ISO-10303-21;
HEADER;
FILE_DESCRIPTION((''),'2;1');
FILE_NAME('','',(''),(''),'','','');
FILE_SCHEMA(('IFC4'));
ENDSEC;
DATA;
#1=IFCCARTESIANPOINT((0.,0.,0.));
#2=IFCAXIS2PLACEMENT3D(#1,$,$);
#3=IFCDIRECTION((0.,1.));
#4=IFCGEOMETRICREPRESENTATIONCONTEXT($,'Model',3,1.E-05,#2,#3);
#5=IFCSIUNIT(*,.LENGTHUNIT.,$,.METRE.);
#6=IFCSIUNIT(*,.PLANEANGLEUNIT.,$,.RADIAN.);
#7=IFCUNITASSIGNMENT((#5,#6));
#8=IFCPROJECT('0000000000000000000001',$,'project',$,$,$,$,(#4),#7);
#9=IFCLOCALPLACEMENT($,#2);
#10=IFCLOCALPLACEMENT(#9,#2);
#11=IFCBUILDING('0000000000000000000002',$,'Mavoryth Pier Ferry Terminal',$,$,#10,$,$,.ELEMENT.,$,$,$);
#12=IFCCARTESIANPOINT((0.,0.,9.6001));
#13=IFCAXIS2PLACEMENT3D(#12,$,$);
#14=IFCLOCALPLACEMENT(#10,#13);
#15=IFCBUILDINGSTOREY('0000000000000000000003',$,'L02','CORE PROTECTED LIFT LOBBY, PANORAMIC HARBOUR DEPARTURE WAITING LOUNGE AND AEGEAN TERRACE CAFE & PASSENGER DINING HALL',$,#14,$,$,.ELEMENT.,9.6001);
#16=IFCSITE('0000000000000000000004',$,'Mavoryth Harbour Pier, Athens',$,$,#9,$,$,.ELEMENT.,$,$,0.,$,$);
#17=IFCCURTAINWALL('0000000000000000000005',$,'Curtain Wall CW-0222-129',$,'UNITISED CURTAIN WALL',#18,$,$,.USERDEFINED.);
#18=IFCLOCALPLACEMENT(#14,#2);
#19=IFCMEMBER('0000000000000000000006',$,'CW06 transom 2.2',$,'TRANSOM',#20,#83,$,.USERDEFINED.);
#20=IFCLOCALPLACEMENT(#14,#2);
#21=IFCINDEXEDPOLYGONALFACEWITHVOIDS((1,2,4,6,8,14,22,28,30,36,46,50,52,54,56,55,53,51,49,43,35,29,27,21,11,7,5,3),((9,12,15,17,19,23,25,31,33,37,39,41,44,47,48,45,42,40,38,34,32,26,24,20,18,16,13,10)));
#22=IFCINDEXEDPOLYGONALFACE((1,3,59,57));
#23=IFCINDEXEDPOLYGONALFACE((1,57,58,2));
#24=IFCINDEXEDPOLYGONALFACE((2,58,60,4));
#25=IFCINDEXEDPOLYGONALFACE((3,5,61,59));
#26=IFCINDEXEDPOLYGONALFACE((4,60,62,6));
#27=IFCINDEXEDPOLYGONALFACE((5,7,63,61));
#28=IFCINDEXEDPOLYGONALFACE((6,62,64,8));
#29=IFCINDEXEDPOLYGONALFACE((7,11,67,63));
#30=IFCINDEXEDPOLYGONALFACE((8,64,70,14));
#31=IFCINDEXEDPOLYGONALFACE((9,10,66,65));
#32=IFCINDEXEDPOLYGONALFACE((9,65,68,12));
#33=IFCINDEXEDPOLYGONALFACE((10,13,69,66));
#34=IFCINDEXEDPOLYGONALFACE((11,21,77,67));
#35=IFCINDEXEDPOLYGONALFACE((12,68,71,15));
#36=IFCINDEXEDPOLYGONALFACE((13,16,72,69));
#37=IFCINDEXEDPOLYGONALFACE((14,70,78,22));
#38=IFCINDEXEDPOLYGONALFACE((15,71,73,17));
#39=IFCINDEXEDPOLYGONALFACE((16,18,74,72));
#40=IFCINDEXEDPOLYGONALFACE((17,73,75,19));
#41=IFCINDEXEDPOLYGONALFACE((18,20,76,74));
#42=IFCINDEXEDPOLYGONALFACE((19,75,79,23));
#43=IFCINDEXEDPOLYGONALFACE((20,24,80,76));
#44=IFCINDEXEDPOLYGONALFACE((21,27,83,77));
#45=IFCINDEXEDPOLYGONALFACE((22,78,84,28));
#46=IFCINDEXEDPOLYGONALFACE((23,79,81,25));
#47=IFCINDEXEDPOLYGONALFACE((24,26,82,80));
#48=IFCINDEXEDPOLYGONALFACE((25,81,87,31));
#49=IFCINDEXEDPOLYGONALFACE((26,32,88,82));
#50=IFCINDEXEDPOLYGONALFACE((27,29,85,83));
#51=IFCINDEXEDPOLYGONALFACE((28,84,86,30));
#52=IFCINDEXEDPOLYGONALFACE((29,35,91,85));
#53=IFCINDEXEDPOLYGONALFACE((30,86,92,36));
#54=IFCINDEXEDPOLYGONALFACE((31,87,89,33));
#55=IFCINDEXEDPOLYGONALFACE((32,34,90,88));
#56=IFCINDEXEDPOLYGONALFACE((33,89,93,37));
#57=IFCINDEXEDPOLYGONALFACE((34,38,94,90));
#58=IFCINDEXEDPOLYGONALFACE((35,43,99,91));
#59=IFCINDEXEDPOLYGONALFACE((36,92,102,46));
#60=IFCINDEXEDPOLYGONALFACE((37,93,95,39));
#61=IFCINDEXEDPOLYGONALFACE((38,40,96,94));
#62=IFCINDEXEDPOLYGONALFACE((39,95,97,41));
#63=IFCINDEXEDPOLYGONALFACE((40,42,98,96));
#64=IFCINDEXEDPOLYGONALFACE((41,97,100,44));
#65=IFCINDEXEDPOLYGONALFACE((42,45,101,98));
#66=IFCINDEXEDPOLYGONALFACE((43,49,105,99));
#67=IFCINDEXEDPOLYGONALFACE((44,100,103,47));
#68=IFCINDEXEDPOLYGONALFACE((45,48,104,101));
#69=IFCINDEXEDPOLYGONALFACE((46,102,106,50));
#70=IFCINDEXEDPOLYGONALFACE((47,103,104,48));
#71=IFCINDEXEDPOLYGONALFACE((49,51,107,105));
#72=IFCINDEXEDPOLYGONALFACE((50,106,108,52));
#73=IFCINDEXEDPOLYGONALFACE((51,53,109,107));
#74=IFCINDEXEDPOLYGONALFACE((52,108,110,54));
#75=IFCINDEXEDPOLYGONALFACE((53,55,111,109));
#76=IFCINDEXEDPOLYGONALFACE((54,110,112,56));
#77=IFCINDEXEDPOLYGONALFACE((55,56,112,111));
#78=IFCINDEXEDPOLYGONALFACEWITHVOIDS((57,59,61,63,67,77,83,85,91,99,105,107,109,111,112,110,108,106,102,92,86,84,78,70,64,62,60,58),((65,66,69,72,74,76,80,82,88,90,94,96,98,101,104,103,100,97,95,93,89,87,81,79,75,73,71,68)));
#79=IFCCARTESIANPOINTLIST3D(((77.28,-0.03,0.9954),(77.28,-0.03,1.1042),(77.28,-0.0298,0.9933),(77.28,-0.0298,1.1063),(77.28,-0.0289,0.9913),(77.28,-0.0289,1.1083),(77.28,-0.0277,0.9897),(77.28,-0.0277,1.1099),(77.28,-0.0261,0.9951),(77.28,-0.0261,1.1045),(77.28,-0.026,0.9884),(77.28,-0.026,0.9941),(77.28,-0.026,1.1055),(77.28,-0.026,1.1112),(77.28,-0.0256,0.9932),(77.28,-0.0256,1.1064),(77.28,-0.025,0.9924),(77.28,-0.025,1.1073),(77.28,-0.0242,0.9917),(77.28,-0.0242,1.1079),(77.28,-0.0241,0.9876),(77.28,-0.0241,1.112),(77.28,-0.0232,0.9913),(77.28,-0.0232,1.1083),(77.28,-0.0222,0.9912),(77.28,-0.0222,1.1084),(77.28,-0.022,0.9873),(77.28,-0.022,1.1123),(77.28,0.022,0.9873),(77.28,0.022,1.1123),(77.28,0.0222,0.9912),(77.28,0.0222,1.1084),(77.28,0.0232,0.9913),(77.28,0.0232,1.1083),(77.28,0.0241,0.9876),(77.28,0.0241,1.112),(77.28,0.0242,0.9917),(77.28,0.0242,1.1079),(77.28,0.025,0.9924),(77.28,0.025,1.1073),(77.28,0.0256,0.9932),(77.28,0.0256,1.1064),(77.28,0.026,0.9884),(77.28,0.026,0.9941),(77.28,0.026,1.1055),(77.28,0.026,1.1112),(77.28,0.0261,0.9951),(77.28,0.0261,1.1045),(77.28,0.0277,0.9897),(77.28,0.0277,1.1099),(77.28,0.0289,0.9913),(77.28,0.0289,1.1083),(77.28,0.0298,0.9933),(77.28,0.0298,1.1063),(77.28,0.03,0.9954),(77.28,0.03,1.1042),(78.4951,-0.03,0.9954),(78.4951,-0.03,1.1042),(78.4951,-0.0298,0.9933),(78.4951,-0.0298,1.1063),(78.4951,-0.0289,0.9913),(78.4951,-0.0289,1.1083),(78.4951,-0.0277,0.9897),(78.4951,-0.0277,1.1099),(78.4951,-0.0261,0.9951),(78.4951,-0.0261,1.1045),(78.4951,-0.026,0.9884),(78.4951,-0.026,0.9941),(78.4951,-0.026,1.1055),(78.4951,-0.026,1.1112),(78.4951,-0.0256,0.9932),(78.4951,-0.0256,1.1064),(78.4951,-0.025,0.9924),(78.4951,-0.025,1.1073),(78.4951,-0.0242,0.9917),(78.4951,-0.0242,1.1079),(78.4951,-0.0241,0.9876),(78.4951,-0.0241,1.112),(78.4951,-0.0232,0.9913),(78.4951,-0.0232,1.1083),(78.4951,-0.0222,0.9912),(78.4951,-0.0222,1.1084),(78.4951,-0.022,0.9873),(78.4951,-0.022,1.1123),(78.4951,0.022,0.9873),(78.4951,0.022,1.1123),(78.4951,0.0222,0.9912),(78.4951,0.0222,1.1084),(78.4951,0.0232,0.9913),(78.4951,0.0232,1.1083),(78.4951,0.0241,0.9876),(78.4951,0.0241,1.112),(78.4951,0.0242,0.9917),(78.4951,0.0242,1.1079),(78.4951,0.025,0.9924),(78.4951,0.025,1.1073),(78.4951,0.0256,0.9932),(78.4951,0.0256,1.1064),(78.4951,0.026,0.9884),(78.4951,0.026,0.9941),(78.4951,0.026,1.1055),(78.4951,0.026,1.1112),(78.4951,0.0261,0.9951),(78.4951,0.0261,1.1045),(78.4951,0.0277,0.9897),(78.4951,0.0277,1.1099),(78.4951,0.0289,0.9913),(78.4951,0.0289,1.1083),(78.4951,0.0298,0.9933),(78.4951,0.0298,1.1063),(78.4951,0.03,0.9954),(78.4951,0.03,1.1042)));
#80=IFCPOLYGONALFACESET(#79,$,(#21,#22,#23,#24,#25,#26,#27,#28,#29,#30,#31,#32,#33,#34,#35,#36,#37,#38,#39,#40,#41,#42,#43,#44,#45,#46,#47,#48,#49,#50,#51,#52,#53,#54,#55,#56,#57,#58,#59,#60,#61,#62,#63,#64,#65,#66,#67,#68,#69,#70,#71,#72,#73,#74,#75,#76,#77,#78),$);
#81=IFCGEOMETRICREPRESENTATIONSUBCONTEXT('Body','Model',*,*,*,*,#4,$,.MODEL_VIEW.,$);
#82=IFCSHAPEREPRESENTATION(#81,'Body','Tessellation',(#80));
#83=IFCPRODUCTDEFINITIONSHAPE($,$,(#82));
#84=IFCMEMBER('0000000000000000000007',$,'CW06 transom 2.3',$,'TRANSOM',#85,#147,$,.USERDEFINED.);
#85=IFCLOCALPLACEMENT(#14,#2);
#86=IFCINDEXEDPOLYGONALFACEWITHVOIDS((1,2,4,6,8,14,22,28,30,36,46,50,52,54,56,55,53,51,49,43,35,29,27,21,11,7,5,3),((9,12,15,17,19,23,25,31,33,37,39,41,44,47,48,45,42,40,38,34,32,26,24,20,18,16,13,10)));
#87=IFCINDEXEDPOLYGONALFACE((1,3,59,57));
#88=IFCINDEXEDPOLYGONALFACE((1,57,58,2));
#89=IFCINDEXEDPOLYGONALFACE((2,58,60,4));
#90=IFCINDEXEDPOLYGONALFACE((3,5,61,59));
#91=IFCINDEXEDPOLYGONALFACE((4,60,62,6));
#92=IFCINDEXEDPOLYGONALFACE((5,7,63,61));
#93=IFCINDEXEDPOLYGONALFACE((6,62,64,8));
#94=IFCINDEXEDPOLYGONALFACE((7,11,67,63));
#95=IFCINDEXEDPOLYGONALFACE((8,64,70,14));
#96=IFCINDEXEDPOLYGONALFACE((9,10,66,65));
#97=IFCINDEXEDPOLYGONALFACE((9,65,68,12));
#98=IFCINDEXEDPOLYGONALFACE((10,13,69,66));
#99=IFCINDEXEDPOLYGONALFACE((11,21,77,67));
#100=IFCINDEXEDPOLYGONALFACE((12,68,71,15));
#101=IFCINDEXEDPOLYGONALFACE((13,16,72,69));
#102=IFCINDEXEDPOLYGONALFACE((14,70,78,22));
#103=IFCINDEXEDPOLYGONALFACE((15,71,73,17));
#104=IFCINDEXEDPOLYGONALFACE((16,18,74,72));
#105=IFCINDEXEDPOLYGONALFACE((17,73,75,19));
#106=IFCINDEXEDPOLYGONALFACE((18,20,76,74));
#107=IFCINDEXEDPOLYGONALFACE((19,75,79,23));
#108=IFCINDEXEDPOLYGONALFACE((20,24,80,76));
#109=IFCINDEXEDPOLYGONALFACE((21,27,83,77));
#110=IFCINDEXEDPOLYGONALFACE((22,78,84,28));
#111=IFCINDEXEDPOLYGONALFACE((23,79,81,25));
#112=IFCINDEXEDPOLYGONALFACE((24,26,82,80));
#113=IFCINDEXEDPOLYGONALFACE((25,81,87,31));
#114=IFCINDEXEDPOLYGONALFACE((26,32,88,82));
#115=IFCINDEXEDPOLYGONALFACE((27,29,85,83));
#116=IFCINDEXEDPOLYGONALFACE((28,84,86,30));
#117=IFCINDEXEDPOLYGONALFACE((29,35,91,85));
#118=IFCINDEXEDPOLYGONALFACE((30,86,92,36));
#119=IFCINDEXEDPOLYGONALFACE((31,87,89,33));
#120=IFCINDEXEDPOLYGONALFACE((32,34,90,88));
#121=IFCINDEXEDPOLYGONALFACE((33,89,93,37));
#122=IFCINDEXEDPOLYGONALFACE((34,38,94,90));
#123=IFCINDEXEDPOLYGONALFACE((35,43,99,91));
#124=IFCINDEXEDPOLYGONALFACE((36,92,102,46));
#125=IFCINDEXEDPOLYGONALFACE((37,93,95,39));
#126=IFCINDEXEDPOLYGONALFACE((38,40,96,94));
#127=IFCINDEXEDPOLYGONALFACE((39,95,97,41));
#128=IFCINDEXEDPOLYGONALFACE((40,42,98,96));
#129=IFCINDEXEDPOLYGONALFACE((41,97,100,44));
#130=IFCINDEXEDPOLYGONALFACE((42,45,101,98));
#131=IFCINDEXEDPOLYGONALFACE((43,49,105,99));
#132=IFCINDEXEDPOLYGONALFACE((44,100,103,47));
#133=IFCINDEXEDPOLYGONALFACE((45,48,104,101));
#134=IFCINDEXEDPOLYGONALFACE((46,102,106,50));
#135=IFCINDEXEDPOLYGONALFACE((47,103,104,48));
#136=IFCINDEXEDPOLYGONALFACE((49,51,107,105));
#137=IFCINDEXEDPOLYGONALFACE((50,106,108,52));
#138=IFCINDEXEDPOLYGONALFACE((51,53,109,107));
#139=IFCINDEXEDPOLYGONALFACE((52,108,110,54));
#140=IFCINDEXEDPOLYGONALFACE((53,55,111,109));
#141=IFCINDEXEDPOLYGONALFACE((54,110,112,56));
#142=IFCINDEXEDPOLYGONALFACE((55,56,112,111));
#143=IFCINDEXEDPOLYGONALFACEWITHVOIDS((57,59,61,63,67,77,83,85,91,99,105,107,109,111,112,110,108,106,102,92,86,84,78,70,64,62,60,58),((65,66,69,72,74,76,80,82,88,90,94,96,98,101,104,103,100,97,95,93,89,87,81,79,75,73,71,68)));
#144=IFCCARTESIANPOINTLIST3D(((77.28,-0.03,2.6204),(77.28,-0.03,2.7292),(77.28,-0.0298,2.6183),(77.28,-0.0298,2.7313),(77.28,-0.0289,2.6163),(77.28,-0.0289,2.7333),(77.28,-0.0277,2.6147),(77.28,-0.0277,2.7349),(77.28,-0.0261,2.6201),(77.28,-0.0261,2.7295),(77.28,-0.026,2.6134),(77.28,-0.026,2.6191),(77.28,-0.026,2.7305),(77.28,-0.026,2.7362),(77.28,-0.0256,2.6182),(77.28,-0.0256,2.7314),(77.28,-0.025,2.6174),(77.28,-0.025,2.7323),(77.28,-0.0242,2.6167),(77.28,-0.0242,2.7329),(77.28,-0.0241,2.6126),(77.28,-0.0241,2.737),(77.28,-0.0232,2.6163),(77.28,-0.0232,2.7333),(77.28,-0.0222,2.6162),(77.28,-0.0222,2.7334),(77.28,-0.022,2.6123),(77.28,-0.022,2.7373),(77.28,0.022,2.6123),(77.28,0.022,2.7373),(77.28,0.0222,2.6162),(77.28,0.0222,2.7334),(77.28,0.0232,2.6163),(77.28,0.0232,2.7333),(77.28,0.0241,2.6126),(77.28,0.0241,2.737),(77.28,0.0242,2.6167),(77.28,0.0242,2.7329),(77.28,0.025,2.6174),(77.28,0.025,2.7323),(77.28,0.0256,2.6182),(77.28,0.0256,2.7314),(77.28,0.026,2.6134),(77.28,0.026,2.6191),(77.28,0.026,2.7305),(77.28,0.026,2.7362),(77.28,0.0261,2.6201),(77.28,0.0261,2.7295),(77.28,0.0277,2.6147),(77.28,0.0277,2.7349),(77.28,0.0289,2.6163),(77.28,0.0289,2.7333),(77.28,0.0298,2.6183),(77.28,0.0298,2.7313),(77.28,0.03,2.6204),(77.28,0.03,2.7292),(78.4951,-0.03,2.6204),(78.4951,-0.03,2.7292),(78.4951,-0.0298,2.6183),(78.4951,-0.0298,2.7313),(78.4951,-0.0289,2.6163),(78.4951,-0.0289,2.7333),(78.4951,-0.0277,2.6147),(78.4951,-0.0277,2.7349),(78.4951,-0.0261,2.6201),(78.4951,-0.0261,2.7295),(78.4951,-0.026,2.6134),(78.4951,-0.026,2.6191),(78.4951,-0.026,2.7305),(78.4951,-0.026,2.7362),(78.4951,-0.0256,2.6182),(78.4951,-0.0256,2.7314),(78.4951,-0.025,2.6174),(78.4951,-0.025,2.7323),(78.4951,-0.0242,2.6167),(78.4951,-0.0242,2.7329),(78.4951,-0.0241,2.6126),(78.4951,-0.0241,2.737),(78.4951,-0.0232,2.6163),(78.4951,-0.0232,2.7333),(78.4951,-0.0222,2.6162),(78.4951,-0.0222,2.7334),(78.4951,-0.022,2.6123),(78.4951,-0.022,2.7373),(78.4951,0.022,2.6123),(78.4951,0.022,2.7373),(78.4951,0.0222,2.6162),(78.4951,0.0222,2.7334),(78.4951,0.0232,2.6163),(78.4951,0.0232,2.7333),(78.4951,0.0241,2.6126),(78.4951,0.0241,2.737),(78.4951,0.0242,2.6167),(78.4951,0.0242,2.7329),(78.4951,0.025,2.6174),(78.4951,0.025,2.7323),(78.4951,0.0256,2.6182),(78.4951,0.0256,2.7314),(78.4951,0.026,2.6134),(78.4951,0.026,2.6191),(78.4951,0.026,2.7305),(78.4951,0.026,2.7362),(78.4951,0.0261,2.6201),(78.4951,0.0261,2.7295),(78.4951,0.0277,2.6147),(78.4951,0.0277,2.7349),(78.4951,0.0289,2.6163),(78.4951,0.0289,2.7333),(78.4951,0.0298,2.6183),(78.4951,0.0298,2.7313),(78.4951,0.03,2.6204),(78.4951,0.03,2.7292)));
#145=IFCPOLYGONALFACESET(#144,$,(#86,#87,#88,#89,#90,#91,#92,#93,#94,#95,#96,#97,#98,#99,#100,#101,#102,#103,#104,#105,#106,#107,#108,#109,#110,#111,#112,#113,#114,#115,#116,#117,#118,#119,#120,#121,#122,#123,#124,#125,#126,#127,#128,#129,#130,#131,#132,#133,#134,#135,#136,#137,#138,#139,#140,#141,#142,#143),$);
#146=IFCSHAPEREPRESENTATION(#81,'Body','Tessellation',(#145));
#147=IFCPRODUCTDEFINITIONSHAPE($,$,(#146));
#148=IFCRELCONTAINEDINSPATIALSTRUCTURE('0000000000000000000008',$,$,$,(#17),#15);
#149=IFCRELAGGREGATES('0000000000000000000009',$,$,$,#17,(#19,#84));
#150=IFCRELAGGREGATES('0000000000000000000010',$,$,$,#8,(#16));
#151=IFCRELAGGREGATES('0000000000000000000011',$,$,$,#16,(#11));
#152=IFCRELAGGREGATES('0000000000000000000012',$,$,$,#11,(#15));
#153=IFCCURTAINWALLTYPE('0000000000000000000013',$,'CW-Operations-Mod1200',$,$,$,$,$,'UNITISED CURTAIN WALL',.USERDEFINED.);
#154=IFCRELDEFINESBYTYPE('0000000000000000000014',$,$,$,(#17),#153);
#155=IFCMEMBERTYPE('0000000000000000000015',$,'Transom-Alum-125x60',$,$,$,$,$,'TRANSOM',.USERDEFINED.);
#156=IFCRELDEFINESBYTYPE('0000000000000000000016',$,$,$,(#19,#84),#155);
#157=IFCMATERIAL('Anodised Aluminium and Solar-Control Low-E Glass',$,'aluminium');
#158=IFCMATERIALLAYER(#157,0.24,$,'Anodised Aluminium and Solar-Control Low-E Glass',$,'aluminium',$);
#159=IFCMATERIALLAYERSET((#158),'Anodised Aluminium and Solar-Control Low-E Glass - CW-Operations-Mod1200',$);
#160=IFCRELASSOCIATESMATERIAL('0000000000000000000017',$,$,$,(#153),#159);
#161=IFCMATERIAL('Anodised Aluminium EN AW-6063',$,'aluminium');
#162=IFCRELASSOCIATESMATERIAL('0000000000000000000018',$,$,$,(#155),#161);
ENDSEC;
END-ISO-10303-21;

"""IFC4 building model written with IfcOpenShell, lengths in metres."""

from ifc_helpers import new_model, si_unit, direction, frame, origin, origin_2d, place, context, subcontext, project, spatial, hollow_rectangle, extrude, material, layer, layer_set, material_profile, profile_set, type_object, element, aggregate, save


model = new_model("IFC4")

# Units and contexts
model_context = context("Model", 3, precision=1e-05, world=origin(), true_north=direction((0.0, 1.0)))
body_context = subcontext(model_context, "Body", "Model", "MODEL_VIEW")
ifc_project = project(units=[si_unit("LENGTHUNIT", "METRE"), si_unit("PLANEANGLEUNIT", "RADIAN")], contexts=[model_context])

# Site, building, storey
site_placement = place(None, origin())
site = spatial("IfcSite", under=ifc_project, at=site_placement, Name="Mavoryth Harbour Pier, Athens", CompositionType="ELEMENT", RefElevation=0.0)
building_placement = place(site_placement, origin())
building = spatial("IfcBuilding", under=site, at=building_placement, Name="Mavoryth Pier Ferry Terminal", CompositionType="ELEMENT")
storey_placement = place(building_placement, frame((0.0, 0.0, 9.6001)))
storey = spatial("IfcBuildingStorey", under=building, at=storey_placement, Name="L02", Description="CORE PROTECTED LIFT LOBBY, PANORAMIC HARBOUR DEPARTURE WAITING LOUNGE AND AEGEAN TERRACE CAFE & PASSENGER DINING HALL", CompositionType="ELEMENT", Elevation=9.6001)

# Curtain wall
ifc_material_1 = material(Name="Anodised Aluminium and Solar-Control Low-E Glass", Category="aluminium")
ifc_layer_1 = layer(ifc_material_1, 0.24, Name="Anodised Aluminium and Solar-Control Low-E Glass", Category="aluminium")
ifc_layer_set_1 = layer_set([ifc_layer_1], Name="Anodised Aluminium and Solar-Control Low-E Glass - CW-Operations-Mod1200")
curtain_wall_type = type_object("IfcCurtainWallType", Name="CW-Operations-Mod1200", ElementType="UNITISED CURTAIN WALL", PredefinedType="USERDEFINED", material=ifc_layer_set_1)
ifc_material_2 = material(Name="Anodised Aluminium EN AW-6063", Category="aluminium")
curtain_wall_1_placement = place(storey_placement, origin())
curtain_wall_1 = element("IfcCurtainWall", 1, at=curtain_wall_1_placement, inside=storey, type_object=curtain_wall_type, Name="Curtain Wall CW-0222-129", ObjectType="UNITISED CURTAIN WALL", PredefinedType="USERDEFINED")

# Members
ifc_material_profile_1 = material_profile(ifc_material_2, hollow_rectangle(XDim=0.0601, YDim=0.125, WallThickness=0.0039, InnerFilletRadius=0.0039, OuterFilletRadius=0.0081, at=origin_2d()), Name="AL-TRAN 125x60x4", Category="aluminium")
ifc_profile_set_1 = profile_set([ifc_material_profile_1], Name="Anodised Aluminium EN AW-6063 - AL-TRAN 125x60x4")
member_type_1 = type_object("IfcMemberType", Name="Transom-Alum-125x60", ElementType="TRANSOM", PredefinedType="USERDEFINED", material=ifc_profile_set_1)
member_1_placement = place(storey_placement, frame((77.28, 0.0, 1.0498), z_axis=(1.0, 0.0, 0.0), x_axis=(0.0, 1.0, 0.0)))
member_1 = element("IfcMember", 2, at=member_1_placement, type_object=member_type_1, Name="CW06 transom 2.2", ObjectType="TRANSOM", PredefinedType="USERDEFINED", context=body_context, shape_type="SweptSolid", body=[
    extrude(hollow_rectangle(XDim=0.0601, YDim=0.125, WallThickness=0.0039, InnerFilletRadius=0.0039, OuterFilletRadius=0.0081, at=origin_2d()), origin(), (0.0, 0.0, 1.0), 1.2151),
])
member_2_placement = place(storey_placement, frame((77.28, 0.0, 2.6748), z_axis=(1.0, 0.0, 0.0), x_axis=(0.0, 1.0, 0.0)))
member_2 = element("IfcMember", 3, at=member_2_placement, type_object=member_type_1, Name="CW06 transom 2.3", ObjectType="TRANSOM", PredefinedType="USERDEFINED", context=body_context, shape_type="SweptSolid", body=[
    extrude(hollow_rectangle(XDim=0.0601, YDim=0.125, WallThickness=0.0039, InnerFilletRadius=0.0039, OuterFilletRadius=0.0081, at=origin_2d()), origin(), (0.0, 0.0, 1.0), 1.2151),
])

aggregate(curtain_wall_1, [member_1, member_2])

save(model, "model.ifc")
